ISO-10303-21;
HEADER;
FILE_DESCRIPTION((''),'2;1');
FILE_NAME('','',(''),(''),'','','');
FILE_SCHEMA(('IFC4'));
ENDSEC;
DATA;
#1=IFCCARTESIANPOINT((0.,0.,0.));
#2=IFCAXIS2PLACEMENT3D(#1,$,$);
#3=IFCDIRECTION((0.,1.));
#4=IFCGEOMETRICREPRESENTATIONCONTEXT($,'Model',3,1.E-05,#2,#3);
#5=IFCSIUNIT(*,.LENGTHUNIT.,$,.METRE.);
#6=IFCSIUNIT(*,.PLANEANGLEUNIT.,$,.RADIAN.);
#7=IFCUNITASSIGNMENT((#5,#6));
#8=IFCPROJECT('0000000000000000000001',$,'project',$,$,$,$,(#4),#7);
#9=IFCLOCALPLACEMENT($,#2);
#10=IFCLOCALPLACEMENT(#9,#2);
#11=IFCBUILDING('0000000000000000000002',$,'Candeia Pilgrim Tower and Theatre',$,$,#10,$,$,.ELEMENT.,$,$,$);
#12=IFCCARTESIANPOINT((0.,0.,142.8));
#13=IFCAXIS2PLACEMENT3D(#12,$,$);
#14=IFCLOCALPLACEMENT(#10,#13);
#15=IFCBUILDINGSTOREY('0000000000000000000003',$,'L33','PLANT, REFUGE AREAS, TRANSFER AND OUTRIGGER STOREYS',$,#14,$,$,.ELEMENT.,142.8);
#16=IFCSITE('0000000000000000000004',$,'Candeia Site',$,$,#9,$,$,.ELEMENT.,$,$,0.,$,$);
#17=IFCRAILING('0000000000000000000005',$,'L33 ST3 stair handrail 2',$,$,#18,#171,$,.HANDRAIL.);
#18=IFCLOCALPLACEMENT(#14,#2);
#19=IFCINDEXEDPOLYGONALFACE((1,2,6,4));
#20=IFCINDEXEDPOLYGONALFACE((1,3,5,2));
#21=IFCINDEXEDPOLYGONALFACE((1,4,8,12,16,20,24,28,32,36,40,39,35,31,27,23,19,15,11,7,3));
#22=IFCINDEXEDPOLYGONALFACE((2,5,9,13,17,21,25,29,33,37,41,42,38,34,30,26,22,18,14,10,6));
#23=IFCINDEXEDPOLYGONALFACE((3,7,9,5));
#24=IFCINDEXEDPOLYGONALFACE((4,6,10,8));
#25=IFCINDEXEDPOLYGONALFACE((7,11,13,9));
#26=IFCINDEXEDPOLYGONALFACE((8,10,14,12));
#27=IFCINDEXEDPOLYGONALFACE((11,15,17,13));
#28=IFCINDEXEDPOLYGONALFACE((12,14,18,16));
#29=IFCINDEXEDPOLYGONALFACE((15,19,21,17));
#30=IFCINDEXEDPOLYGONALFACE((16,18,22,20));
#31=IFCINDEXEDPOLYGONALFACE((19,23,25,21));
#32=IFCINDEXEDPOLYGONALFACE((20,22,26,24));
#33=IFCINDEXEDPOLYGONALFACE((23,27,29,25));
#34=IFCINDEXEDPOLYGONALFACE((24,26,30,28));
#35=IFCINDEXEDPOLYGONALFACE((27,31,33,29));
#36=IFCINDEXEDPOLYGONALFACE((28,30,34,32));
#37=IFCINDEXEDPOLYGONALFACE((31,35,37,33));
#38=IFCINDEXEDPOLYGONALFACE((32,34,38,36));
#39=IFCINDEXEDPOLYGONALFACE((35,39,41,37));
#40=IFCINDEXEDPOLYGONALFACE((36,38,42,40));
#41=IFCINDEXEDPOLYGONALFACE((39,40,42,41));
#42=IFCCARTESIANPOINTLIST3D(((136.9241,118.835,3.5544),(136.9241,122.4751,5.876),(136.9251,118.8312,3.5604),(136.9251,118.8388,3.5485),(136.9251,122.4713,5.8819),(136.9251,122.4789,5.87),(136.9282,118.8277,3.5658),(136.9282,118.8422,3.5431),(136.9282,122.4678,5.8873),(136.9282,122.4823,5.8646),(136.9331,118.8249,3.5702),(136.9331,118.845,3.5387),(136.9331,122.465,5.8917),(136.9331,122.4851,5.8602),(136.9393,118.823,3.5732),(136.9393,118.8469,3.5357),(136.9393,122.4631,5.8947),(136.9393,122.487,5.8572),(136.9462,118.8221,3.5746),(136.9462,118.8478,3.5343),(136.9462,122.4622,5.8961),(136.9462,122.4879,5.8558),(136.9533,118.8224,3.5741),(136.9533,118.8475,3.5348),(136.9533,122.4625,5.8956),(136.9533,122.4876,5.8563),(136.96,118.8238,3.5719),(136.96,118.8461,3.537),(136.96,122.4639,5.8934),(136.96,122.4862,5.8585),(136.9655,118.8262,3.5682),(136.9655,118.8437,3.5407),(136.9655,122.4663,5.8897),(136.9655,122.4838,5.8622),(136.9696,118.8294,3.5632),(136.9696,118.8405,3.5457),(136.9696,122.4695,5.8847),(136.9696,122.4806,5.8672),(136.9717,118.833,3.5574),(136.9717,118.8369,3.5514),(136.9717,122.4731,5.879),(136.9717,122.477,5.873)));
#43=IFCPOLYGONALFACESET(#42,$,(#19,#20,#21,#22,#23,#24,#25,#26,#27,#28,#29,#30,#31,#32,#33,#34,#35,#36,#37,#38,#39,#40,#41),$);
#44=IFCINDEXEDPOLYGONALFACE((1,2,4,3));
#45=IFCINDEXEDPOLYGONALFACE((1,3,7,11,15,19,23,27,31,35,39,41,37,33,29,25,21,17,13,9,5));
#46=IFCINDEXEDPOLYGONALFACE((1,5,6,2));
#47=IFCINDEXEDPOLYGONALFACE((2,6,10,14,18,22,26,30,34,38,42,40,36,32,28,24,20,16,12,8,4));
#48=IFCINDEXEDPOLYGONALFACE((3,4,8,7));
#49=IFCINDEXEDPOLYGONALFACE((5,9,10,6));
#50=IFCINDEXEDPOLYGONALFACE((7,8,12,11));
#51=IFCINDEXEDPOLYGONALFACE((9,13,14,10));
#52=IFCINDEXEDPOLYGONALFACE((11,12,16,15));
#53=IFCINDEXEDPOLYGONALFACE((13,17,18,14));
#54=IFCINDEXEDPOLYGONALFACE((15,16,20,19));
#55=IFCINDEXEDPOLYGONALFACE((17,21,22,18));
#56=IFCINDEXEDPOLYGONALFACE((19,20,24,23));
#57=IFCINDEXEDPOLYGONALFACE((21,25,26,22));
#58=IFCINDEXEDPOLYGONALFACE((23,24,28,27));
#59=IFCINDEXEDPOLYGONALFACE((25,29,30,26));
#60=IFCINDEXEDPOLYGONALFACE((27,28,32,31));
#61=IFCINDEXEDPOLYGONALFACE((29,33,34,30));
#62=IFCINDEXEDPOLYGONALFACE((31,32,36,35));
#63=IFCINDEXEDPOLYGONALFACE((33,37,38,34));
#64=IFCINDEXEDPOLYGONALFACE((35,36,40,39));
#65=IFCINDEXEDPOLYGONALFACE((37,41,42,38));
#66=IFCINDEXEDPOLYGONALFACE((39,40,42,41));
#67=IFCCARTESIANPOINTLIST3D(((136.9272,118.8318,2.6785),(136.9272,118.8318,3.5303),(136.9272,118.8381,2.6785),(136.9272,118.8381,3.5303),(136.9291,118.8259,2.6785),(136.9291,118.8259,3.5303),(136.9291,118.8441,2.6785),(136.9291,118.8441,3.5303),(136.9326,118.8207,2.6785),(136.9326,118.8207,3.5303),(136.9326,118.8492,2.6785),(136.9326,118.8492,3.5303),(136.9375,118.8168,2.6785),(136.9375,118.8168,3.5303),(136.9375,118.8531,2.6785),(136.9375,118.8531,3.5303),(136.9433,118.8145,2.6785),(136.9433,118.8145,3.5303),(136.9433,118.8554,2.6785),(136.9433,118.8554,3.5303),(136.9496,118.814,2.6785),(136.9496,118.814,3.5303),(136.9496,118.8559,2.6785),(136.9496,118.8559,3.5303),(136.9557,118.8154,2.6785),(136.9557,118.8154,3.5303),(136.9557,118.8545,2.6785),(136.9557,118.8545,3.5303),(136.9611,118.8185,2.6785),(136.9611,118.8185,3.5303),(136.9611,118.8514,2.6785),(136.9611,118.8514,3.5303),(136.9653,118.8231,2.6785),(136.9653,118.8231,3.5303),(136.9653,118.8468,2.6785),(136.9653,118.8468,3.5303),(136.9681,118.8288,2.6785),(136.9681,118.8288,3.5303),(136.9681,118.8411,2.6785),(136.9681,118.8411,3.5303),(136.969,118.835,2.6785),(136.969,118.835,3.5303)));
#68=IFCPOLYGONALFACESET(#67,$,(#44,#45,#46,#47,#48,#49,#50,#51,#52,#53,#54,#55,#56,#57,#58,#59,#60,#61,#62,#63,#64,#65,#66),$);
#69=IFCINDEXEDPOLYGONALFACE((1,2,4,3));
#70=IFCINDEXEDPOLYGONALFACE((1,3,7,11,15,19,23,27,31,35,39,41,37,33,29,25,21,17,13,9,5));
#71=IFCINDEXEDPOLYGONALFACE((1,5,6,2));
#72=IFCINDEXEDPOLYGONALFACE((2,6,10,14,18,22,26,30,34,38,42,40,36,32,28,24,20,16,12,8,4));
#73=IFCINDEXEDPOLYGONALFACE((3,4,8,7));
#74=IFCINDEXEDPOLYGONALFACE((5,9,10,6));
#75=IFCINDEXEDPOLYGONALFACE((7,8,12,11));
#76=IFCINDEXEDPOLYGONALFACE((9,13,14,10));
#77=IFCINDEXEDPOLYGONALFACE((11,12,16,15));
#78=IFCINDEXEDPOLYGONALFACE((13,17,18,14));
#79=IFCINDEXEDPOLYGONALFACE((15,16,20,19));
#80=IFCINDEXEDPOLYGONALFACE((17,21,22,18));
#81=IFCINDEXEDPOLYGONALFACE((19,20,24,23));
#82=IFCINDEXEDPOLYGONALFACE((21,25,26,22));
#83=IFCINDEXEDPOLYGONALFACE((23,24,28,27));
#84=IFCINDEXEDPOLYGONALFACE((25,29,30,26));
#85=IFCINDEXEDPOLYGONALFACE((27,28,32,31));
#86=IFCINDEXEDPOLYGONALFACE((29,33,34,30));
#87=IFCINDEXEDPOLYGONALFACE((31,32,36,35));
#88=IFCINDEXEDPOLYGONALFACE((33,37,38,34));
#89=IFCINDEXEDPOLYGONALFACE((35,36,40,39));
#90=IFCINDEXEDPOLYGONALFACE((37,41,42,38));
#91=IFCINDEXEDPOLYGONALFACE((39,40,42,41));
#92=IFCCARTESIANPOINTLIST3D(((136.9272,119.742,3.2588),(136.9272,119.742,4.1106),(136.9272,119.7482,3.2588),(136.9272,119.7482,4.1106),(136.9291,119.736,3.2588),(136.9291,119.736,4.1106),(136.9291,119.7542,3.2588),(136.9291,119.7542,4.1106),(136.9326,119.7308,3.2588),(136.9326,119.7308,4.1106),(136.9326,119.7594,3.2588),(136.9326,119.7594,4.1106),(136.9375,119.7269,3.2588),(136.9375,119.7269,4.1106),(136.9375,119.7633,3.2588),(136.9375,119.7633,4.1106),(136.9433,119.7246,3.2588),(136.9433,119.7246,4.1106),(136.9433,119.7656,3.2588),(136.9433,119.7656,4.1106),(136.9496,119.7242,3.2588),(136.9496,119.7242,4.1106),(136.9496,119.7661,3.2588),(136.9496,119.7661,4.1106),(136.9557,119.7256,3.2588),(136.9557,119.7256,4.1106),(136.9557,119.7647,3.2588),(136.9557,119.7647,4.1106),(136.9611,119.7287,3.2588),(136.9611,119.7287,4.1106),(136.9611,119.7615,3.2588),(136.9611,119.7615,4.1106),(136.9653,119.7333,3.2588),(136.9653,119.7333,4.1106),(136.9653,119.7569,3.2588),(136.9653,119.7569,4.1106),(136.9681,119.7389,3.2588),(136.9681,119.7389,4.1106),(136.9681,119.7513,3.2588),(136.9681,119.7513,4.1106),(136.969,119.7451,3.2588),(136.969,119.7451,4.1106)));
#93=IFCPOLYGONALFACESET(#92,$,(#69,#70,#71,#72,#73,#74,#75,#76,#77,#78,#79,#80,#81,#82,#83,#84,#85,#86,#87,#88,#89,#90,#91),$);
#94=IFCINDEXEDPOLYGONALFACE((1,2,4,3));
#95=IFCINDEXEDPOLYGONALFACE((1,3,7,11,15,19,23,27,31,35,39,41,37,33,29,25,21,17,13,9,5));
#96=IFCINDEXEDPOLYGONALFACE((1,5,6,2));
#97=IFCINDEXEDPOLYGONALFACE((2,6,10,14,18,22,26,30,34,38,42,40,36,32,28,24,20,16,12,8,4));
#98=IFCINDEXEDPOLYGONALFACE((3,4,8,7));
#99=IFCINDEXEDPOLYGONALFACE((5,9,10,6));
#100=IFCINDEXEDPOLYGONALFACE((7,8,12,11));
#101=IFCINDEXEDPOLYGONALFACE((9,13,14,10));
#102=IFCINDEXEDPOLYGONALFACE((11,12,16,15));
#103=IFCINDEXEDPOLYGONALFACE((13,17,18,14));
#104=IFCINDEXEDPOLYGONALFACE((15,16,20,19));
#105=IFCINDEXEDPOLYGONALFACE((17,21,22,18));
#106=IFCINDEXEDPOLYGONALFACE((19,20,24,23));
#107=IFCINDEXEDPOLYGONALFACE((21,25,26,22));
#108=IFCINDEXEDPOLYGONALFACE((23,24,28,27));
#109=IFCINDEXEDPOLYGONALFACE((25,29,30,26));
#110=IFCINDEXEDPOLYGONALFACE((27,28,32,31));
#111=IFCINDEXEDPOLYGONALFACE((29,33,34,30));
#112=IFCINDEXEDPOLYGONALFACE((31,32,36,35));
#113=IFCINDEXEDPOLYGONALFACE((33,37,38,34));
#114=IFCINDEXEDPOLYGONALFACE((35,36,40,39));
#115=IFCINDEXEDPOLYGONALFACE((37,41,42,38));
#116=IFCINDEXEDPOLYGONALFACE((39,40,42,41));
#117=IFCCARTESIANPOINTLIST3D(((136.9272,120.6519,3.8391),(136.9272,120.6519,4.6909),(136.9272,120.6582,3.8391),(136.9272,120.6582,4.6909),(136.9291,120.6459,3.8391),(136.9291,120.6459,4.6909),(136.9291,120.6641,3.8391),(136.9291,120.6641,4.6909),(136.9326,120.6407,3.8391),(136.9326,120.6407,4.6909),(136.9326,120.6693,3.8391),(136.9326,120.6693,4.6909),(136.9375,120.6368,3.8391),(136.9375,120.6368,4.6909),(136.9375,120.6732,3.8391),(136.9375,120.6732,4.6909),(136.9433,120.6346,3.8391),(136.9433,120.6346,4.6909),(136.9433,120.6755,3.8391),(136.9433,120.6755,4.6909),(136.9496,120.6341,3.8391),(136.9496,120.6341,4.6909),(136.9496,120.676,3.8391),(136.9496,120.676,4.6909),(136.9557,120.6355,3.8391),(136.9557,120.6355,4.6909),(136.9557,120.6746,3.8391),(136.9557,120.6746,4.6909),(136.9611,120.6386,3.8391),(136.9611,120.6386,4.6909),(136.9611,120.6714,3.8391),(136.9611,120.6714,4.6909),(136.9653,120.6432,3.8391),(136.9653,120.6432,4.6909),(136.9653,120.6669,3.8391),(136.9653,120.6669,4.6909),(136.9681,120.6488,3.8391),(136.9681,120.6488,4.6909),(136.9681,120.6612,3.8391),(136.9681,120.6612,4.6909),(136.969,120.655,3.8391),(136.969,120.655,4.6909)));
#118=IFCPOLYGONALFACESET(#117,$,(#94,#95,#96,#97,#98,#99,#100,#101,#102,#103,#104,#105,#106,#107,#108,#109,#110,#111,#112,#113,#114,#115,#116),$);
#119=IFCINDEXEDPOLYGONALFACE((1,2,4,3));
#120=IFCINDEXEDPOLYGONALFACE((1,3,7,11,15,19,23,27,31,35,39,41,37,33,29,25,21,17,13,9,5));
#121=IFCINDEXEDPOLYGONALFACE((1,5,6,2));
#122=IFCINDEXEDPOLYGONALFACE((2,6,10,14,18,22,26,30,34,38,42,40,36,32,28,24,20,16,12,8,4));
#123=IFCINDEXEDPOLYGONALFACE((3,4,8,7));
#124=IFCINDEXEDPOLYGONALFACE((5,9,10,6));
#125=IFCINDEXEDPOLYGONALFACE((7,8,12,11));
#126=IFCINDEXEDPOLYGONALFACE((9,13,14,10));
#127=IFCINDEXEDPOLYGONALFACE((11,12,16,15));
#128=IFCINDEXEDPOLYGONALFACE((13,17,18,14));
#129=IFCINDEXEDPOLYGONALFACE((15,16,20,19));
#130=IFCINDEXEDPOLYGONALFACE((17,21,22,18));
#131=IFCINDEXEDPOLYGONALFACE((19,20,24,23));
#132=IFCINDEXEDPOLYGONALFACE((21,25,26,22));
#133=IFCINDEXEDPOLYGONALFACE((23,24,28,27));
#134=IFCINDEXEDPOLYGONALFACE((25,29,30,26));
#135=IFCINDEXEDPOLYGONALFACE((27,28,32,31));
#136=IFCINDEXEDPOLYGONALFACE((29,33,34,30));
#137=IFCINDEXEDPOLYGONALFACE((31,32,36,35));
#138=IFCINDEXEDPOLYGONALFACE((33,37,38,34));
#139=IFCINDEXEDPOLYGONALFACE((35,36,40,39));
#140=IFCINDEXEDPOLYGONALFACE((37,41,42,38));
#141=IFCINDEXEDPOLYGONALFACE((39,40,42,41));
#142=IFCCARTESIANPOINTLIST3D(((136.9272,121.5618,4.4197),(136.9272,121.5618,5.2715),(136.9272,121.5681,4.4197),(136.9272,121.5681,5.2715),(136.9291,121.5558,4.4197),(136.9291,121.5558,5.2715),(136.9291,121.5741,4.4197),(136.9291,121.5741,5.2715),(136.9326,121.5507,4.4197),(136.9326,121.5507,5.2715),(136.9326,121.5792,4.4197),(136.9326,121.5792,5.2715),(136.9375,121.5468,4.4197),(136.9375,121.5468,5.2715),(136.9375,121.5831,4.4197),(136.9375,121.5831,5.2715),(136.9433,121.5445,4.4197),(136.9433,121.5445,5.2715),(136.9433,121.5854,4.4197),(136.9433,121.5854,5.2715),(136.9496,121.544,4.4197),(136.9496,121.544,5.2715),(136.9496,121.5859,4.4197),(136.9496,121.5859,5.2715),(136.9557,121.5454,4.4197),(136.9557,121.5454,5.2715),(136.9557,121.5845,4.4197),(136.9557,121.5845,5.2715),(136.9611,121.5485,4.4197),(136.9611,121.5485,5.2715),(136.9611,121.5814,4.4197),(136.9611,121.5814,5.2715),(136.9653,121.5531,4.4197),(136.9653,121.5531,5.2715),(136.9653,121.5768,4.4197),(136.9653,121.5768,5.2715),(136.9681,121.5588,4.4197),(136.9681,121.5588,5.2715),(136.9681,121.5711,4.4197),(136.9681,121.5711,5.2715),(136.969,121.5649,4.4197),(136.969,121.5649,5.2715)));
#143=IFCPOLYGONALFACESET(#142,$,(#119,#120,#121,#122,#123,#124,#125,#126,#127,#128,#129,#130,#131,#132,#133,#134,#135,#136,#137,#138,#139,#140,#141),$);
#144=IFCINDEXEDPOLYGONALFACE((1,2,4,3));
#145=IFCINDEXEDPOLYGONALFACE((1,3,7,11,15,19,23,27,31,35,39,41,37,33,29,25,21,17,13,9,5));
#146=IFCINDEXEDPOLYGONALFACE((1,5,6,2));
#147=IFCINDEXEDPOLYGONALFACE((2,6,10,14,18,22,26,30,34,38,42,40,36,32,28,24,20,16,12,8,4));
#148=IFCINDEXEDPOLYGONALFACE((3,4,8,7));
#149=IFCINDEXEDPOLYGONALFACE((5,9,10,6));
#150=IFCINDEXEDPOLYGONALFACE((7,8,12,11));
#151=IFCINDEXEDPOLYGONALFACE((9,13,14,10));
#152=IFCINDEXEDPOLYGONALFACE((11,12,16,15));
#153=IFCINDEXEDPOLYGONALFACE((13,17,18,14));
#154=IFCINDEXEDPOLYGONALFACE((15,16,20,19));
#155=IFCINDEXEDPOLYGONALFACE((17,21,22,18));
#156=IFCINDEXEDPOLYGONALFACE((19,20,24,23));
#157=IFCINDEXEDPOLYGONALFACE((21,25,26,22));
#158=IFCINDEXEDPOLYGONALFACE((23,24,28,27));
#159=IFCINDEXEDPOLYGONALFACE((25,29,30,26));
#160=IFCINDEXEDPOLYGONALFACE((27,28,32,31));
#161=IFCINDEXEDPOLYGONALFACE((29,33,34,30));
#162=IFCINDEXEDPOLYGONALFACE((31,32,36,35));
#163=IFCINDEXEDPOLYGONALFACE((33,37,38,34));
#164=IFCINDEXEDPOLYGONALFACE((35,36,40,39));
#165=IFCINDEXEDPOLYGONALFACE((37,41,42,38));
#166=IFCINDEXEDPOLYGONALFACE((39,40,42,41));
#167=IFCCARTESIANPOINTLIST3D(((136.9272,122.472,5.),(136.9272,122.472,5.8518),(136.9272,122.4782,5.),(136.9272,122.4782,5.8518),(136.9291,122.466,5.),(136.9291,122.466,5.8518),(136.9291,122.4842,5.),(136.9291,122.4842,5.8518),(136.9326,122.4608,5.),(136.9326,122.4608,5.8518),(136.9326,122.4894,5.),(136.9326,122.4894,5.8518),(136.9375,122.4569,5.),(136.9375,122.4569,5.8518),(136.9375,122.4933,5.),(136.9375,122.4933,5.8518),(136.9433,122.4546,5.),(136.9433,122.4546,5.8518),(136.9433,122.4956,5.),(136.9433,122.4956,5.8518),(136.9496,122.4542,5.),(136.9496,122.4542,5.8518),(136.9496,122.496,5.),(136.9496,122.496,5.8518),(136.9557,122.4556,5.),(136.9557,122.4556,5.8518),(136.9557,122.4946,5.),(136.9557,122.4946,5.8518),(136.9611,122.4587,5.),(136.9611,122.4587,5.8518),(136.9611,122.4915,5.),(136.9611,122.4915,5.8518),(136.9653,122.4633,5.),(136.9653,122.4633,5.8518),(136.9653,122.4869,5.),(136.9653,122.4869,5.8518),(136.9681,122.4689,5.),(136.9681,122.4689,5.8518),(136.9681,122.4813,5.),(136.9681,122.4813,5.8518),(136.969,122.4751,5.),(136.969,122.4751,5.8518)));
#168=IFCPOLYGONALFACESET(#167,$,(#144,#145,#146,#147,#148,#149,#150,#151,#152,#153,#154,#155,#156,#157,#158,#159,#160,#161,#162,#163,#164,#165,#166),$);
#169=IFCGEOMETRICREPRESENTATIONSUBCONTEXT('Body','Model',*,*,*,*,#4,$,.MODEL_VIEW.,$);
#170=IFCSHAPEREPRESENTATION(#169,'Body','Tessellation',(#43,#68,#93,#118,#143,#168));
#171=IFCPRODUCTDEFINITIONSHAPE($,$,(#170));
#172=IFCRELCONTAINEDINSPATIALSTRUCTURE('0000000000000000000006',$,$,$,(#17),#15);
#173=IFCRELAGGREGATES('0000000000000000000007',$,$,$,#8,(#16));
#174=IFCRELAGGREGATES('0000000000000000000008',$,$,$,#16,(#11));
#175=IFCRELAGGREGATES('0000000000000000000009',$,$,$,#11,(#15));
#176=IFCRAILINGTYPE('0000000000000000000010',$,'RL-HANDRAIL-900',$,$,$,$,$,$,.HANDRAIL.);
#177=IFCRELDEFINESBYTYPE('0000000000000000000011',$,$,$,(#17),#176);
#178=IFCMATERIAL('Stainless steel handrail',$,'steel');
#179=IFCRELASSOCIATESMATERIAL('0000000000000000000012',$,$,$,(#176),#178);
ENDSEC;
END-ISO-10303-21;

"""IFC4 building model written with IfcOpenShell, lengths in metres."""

from ifc_helpers import new_model, si_unit, direction, frame, origin, origin_2d, place, context, subcontext, project, spatial, circle, extrude, material, type_object, element, save


model = new_model("IFC4")

# Units and contexts
model_context = context("Model", 3, precision=1e-05, world=origin(), true_north=direction((0.0, 1.0)))
body_context = subcontext(model_context, "Body", "Model", "MODEL_VIEW")
ifc_project = project(units=[si_unit("LENGTHUNIT", "METRE"), si_unit("PLANEANGLEUNIT", "RADIAN")], contexts=[model_context])

# Site, building, storey
site_placement = place(None, origin())
site = spatial("IfcSite", under=ifc_project, at=site_placement, Name="Candeia Site", CompositionType="ELEMENT", RefElevation=0.0)
building_placement = place(site_placement, origin())
building = spatial("IfcBuilding", under=site, at=building_placement, Name="Candeia Pilgrim Tower and Theatre", CompositionType="ELEMENT")
storey_placement = place(building_placement, frame((0.0, 0.0, 142.8)))
storey = spatial("IfcBuildingStorey", under=building, at=storey_placement, Name="L33", Description="PLANT, REFUGE AREAS, TRANSFER AND OUTRIGGER STOREYS", CompositionType="ELEMENT", Elevation=142.8)

# Railing
ifc_material_1 = material(Name="Stainless steel handrail", Category="steel")
railing_type_1 = type_object("IfcRailingType", Name="RL-HANDRAIL-900", PredefinedType="HANDRAIL", material=ifc_material_1)
railing_1_placement = place(storey_placement, frame((136.948, 118.835, 2.6785)))
element("IfcRailing", 1, at=railing_1_placement, inside=storey, type_object=railing_type_1, Name="L33 ST3 stair handrail 2", PredefinedType="HANDRAIL", context=body_context, shape_type="SweptSolid", body=[
    extrude(circle(Radius=0.0239, at=origin_2d()), frame((0.0, 0.0, 0.876), z_axis=(0.0, 0.843128, 0.537713), x_axis=(-1.0, 0.0, 0.0)), (0.0, 0.0, 1.0), 4.3174),
    extrude(circle(Radius=0.021, at=origin_2d()), origin(), (0.0, 0.0, 1.0), 0.8518),
    extrude(circle(Radius=0.021, at=origin_2d()), frame((0.0, 0.9102, 0.5803)), (0.0, 0.0, 1.0), 0.8518),
    extrude(circle(Radius=0.021, at=origin_2d()), frame((0.0, 1.8201, 1.1606)), (0.0, 0.0, 1.0), 0.8518),
    extrude(circle(Radius=0.021, at=origin_2d()), frame((0.0, 2.73, 1.7412)), (0.0, 0.0, 1.0), 0.8518),
    extrude(circle(Radius=0.021, at=origin_2d()), frame((0.0, 3.6401, 2.3215)), (0.0, 0.0, 1.0), 0.8518),
])

save(model, "model.ifc")
